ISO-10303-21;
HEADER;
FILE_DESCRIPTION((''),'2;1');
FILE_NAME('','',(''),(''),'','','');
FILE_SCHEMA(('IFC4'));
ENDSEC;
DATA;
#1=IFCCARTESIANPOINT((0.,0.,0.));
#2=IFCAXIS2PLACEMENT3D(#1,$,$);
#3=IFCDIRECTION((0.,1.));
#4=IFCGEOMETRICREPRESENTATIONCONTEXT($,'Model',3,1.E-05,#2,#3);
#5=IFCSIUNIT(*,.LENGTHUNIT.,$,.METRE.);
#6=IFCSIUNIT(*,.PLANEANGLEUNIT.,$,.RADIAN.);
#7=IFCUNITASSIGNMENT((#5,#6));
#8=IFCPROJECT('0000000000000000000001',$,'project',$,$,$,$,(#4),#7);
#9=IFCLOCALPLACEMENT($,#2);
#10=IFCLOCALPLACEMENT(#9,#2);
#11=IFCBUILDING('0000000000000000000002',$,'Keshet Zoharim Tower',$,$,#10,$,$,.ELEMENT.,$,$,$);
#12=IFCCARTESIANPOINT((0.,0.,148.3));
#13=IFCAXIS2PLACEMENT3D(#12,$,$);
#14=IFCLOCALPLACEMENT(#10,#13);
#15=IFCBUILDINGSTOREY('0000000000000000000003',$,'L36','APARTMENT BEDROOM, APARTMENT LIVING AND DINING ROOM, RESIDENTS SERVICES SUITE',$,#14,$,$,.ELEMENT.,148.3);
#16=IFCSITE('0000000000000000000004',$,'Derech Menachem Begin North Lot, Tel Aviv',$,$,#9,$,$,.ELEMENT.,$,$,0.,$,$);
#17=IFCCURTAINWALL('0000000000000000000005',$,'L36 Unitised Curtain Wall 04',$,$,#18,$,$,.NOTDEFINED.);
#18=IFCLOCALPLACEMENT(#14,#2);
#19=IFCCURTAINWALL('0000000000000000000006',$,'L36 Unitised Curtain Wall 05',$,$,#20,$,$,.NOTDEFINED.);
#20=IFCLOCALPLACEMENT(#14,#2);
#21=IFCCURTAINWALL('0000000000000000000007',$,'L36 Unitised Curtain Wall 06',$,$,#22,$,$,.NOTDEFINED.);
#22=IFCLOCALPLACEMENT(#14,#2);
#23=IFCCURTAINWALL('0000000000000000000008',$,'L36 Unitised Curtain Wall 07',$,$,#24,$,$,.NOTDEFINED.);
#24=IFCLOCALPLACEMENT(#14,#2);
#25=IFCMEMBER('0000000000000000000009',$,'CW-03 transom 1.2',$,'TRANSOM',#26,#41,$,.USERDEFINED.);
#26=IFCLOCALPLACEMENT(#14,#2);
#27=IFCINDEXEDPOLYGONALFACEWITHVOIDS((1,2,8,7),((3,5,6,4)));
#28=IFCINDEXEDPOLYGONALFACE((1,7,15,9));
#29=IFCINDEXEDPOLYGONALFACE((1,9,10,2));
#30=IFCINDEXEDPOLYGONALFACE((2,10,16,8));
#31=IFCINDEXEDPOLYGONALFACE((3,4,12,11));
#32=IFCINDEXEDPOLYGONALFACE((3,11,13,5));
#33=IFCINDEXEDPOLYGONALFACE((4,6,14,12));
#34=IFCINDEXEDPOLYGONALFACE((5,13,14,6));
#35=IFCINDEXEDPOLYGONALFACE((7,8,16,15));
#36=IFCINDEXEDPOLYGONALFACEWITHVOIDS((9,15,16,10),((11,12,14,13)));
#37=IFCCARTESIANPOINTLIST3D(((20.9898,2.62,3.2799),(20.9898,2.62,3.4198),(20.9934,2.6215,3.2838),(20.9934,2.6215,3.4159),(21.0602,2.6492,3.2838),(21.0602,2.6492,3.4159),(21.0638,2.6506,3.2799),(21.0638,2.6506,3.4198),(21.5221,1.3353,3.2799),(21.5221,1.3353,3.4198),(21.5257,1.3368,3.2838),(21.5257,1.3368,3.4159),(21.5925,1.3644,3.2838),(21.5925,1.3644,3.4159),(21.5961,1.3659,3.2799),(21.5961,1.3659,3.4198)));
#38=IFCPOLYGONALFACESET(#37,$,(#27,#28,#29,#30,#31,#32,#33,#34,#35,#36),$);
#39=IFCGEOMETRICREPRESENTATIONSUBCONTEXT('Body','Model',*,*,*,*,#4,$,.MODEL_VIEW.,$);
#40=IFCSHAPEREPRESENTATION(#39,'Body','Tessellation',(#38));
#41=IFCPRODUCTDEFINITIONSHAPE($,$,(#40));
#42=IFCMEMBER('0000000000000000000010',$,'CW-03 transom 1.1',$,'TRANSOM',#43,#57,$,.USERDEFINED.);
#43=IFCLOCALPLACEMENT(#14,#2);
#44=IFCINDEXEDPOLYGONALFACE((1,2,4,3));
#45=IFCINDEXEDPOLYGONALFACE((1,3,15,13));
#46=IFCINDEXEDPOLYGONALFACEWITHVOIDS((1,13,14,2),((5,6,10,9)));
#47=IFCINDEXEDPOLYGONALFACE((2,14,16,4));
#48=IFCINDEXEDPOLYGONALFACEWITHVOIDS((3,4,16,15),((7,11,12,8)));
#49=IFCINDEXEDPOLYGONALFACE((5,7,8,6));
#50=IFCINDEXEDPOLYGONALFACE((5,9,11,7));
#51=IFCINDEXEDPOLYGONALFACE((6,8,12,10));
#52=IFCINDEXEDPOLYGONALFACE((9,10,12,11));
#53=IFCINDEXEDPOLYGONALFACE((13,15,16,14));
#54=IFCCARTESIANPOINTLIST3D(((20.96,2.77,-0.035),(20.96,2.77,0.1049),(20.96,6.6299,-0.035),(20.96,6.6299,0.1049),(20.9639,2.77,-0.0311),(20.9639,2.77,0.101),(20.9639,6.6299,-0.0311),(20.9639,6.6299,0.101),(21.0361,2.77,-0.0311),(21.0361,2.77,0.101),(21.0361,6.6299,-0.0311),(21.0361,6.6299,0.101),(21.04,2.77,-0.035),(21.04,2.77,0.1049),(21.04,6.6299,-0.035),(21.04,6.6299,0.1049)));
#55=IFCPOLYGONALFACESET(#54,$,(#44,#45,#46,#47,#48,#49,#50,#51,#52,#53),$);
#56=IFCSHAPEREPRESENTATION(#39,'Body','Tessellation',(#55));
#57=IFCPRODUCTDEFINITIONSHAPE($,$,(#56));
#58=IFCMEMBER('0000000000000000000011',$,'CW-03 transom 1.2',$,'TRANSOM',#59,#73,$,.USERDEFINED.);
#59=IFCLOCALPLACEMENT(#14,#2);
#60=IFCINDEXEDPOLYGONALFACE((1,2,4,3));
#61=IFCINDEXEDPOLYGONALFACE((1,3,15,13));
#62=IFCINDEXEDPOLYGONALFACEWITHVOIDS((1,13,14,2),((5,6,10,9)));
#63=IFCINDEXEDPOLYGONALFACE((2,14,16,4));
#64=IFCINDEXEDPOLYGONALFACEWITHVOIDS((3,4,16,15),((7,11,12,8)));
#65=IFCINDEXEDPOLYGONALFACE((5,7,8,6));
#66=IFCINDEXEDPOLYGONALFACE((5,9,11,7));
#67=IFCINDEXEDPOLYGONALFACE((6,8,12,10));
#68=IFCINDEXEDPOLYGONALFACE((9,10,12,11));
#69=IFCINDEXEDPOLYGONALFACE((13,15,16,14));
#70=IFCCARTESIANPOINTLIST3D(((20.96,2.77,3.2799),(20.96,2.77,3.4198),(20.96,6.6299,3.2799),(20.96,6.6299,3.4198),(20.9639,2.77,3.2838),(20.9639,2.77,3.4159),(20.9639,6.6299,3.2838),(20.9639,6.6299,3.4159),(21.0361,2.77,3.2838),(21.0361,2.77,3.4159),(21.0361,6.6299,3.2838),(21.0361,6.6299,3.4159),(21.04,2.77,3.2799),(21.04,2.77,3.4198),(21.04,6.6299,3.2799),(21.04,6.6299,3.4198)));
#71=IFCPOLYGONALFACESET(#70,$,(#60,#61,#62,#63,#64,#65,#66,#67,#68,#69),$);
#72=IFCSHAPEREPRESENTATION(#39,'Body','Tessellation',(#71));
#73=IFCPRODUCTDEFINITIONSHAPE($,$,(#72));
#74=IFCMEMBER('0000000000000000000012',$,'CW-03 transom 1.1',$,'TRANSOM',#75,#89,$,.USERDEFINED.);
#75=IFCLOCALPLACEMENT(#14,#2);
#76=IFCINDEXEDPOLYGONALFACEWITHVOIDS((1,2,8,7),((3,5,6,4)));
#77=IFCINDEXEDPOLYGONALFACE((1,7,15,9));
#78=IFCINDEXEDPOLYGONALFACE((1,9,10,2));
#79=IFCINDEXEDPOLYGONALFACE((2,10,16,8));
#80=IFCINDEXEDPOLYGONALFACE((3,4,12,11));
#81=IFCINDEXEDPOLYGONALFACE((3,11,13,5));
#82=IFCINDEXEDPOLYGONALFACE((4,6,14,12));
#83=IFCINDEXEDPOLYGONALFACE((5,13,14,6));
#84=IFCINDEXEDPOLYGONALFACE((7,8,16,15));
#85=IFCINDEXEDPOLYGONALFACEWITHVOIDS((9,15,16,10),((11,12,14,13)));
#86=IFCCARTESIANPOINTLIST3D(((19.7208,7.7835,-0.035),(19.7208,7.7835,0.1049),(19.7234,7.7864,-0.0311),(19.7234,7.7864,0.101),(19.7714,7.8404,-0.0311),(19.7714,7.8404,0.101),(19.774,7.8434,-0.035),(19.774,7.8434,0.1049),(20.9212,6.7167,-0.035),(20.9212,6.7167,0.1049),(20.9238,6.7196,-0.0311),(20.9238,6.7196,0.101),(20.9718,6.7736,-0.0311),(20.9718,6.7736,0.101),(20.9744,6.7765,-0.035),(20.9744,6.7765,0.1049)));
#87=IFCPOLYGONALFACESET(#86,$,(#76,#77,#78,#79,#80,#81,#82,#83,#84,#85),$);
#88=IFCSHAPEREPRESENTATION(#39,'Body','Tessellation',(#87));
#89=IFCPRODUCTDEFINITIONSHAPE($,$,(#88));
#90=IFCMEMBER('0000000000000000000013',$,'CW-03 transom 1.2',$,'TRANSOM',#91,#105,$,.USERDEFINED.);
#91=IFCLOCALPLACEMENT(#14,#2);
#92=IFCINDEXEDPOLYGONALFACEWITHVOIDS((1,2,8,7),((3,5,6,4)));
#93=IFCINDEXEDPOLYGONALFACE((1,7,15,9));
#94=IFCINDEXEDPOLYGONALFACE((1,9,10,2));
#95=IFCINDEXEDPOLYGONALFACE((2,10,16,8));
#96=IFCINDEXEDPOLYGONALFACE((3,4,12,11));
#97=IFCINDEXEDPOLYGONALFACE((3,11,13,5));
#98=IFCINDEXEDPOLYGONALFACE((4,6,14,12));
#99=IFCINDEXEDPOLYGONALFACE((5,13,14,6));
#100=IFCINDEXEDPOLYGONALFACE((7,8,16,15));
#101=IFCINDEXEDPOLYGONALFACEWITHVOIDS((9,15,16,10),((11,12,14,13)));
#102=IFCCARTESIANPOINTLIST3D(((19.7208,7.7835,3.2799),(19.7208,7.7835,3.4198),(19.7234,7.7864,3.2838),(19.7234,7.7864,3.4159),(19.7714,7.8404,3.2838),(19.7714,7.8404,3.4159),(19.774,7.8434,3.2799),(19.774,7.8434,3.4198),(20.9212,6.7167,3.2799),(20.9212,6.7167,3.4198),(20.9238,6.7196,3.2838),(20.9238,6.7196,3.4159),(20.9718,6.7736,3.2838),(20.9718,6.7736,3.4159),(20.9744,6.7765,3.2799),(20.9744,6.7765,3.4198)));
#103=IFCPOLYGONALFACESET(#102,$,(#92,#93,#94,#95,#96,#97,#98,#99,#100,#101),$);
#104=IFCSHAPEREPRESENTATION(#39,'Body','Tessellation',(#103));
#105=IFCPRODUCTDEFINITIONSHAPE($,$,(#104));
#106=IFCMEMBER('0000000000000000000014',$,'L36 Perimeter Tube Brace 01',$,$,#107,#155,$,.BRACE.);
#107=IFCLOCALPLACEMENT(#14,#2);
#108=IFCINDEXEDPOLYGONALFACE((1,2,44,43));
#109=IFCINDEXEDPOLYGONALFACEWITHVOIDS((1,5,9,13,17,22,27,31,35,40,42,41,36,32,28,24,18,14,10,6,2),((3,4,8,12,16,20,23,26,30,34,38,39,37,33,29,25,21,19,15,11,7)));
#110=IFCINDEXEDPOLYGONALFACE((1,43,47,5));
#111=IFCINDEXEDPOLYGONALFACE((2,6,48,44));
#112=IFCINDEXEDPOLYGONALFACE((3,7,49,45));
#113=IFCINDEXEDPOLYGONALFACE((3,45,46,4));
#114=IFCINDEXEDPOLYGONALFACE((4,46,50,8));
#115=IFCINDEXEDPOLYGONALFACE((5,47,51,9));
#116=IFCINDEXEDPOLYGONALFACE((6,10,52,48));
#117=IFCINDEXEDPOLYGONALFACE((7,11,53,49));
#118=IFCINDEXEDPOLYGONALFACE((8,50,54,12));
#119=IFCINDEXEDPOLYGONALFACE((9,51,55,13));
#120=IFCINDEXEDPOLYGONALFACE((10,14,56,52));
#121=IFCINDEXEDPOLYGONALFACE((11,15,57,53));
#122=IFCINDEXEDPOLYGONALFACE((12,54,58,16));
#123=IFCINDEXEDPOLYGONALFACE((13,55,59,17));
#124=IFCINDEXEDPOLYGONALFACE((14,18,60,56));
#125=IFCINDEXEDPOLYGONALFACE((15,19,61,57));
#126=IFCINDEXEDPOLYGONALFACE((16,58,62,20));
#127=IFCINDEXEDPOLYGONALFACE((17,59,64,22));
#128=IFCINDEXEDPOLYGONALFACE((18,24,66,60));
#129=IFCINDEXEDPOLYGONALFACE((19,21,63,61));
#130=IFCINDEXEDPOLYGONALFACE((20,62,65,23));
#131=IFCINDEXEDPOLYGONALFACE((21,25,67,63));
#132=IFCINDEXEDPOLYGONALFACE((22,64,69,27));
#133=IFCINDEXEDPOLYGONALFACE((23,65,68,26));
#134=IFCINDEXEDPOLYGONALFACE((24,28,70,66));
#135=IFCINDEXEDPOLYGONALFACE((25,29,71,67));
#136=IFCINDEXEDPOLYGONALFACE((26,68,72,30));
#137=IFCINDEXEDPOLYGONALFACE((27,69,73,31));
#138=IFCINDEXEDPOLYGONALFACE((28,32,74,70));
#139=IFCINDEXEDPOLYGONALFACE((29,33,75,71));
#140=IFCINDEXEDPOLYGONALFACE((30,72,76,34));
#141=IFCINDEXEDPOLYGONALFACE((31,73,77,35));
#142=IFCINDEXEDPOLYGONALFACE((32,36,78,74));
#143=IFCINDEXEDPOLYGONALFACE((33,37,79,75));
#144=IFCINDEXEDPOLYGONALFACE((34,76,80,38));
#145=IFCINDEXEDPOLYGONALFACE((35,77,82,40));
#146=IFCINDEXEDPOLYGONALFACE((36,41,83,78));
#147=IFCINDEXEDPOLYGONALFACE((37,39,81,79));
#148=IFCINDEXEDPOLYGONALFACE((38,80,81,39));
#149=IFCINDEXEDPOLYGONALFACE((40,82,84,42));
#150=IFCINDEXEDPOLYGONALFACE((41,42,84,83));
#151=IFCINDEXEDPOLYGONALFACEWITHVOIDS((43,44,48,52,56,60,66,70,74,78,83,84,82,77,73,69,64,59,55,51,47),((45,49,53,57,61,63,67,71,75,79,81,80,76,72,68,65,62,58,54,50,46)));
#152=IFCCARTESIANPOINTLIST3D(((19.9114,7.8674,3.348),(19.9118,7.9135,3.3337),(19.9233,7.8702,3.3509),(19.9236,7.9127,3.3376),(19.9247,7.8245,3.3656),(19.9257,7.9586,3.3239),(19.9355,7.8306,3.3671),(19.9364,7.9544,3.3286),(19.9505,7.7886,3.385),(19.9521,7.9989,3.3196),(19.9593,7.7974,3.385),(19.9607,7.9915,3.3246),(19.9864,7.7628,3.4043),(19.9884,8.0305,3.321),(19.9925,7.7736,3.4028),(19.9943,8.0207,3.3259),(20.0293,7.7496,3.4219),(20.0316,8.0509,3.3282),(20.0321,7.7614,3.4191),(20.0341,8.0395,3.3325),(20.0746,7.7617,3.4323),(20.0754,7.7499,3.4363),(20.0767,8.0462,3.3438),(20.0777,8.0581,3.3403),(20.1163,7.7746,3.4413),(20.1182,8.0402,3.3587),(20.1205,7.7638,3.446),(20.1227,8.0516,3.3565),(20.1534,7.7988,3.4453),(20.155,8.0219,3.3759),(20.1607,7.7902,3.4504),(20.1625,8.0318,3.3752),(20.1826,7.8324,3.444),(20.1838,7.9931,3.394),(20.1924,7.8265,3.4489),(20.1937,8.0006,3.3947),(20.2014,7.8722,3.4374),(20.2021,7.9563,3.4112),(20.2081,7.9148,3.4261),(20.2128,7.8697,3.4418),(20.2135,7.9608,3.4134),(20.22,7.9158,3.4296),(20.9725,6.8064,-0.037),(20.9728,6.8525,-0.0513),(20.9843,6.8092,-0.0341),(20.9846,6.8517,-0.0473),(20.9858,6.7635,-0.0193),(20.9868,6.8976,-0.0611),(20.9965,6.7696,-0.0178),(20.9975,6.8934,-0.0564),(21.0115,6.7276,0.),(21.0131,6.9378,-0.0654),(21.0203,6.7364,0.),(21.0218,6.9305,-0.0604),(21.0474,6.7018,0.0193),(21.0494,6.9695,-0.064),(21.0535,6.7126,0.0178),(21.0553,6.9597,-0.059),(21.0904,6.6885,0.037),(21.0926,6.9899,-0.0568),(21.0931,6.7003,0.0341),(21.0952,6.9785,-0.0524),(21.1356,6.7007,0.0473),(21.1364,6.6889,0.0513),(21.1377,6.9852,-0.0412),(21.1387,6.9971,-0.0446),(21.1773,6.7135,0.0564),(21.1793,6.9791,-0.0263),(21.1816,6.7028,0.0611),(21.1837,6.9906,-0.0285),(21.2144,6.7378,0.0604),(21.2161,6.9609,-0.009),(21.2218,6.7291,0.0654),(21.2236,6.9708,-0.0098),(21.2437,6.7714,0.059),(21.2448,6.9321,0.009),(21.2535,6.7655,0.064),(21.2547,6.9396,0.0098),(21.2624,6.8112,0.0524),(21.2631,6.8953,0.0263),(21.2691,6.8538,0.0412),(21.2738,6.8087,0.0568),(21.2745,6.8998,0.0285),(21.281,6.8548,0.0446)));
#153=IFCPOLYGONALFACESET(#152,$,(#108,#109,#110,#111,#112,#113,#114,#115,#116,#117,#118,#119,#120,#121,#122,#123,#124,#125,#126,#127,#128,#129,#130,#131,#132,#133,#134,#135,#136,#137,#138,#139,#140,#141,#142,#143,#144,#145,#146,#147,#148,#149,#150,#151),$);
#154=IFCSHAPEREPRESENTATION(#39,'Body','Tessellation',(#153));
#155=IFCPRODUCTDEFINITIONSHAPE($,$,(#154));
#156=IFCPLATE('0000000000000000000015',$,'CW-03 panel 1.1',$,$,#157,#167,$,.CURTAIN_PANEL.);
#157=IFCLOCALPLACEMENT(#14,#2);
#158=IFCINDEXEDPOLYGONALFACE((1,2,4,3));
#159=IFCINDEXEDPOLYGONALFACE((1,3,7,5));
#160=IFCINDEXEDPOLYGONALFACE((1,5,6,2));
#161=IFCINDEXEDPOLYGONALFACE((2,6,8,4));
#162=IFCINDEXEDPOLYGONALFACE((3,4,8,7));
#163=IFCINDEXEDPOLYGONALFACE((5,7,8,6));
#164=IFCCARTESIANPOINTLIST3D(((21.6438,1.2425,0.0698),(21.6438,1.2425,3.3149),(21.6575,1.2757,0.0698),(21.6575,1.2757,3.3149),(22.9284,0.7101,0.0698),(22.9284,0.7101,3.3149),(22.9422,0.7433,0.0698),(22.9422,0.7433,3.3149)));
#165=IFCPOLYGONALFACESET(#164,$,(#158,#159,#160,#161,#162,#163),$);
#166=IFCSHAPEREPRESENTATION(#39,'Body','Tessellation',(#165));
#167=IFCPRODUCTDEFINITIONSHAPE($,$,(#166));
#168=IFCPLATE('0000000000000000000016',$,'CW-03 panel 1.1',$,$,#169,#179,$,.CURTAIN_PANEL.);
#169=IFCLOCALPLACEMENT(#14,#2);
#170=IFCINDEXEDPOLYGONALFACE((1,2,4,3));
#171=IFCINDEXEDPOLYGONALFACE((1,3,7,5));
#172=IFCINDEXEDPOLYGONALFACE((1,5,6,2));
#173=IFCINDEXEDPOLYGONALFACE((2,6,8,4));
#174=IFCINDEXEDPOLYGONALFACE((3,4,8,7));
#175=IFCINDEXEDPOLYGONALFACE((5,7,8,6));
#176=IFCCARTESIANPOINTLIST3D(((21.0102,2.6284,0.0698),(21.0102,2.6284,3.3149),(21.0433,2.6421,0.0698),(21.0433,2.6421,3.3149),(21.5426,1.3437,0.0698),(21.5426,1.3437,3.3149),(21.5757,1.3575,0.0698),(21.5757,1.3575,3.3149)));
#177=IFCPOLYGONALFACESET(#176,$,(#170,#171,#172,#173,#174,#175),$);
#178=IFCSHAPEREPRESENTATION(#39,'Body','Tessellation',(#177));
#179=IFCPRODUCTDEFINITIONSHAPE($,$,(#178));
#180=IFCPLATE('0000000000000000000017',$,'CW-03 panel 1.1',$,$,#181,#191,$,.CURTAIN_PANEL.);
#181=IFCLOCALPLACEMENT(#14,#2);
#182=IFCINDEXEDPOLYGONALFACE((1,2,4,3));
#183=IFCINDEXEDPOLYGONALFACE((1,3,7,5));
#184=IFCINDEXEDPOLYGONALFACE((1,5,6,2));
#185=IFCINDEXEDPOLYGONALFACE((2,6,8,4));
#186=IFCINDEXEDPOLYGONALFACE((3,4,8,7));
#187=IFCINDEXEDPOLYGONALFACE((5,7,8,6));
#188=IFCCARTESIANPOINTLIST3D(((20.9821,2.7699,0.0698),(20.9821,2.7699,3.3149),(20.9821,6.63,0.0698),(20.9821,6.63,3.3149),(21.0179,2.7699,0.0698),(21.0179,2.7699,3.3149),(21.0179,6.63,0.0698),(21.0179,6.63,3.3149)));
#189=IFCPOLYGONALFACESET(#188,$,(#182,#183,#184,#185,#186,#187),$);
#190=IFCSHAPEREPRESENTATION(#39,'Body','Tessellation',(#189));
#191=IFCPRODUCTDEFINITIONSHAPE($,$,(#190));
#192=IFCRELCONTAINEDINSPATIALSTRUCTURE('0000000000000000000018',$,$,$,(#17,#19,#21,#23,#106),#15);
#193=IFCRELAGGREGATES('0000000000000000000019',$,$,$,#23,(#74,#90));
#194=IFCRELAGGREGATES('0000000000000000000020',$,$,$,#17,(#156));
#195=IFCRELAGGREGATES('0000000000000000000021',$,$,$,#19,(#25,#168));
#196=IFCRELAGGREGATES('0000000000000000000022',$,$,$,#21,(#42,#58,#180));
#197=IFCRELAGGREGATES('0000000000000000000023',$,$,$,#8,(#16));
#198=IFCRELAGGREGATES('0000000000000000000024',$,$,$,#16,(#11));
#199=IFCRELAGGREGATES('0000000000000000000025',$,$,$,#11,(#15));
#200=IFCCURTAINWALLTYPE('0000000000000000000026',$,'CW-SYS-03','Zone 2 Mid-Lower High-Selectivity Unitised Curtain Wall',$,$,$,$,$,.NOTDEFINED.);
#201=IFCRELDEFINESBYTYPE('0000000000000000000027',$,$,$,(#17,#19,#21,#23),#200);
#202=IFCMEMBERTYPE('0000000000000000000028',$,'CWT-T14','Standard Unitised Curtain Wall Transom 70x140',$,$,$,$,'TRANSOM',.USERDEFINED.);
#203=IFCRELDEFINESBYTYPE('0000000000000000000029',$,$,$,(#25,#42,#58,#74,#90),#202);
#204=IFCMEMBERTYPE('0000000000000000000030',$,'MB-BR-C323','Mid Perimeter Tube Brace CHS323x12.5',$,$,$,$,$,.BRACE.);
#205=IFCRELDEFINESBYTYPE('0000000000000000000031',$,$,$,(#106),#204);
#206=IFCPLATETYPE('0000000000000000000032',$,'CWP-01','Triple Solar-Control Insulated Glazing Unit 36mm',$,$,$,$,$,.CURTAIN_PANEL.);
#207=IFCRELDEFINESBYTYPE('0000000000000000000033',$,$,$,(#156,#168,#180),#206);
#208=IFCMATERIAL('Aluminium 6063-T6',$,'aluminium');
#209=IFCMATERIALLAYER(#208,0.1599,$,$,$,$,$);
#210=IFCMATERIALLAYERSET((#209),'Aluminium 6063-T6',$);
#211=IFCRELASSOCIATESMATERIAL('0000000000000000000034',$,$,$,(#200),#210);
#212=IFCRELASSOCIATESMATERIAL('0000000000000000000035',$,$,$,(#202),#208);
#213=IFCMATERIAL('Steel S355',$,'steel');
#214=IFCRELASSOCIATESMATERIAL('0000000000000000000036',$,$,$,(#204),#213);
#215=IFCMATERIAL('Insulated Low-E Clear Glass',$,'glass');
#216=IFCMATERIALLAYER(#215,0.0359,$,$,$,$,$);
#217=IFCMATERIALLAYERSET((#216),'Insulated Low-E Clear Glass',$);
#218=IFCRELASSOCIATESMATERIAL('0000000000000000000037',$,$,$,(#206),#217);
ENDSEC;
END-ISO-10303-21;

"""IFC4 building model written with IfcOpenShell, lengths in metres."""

from ifc_helpers import new_model, si_unit, direction, frame, origin, origin_2d, place, context, subcontext, project, spatial, rectangle, hollow_rectangle, hollow_circle, extrude, material, layer, layer_set, material_profile, profile_set, type_object, element, aggregate, save


model = new_model("IFC4")

# Units and contexts
model_context = context("Model", 3, precision=1e-05, world=origin(), true_north=direction((0.0, 1.0)))
body_context = subcontext(model_context, "Body", "Model", "MODEL_VIEW")
ifc_project = project(units=[si_unit("LENGTHUNIT", "METRE"), si_unit("PLANEANGLEUNIT", "RADIAN")], contexts=[model_context])

# Site, building, storey
site_placement = place(None, origin())
site = spatial("IfcSite", under=ifc_project, at=site_placement, Name="Derech Menachem Begin North Lot, Tel Aviv", CompositionType="ELEMENT", RefElevation=0.0)
building_placement = place(site_placement, origin())
building = spatial("IfcBuilding", under=site, at=building_placement, Name="Keshet Zoharim Tower", CompositionType="ELEMENT")
storey_placement = place(building_placement, frame((0.0, 0.0, 148.3)))
storey = spatial("IfcBuildingStorey", under=building, at=storey_placement, Name="L36", Description="APARTMENT BEDROOM, APARTMENT LIVING AND DINING ROOM, RESIDENTS SERVICES SUITE", CompositionType="ELEMENT", Elevation=148.3)

# Shared definitions
ifc_material_1 = material(Name="Steel S355", Category="steel")

# Shared definitions
ifc_material_2 = material(Name="Aluminium 6063-T6", Category="aluminium")
ifc_layer_1 = layer(ifc_material_2, 0.1599)
ifc_layer_set_1 = layer_set([ifc_layer_1], Name="Aluminium 6063-T6")
curtain_wall_type = type_object("IfcCurtainWallType", Name="CW-SYS-03", Description="Zone 2 Mid-Lower High-Selectivity Unitised Curtain Wall", PredefinedType="NOTDEFINED", material=ifc_layer_set_1)

# Curtain walls
curtain_wall_1_placement = place(storey_placement, origin())
curtain_wall_1 = element("IfcCurtainWall", 1, at=curtain_wall_1_placement, inside=storey, type_object=curtain_wall_type, Name="L36 Unitised Curtain Wall 04", PredefinedType="NOTDEFINED")
curtain_wall_2_placement = place(storey_placement, origin())
curtain_wall_2 = element("IfcCurtainWall", 2, at=curtain_wall_2_placement, inside=storey, type_object=curtain_wall_type, Name="L36 Unitised Curtain Wall 05", PredefinedType="NOTDEFINED")
curtain_wall_3_placement = place(storey_placement, origin())
curtain_wall_3 = element("IfcCurtainWall", 3, at=curtain_wall_3_placement, inside=storey, type_object=curtain_wall_type, Name="L36 Unitised Curtain Wall 06", PredefinedType="NOTDEFINED")

# Curtain wall
curtain_wall_4_placement = place(storey_placement, origin())
curtain_wall_4 = element("IfcCurtainWall", 4, at=curtain_wall_4_placement, inside=storey, type_object=curtain_wall_type, Name="L36 Unitised Curtain Wall 07", PredefinedType="NOTDEFINED")

# Members
ifc_material_profile_1 = material_profile(ifc_material_2, hollow_rectangle(XDim=0.0801, YDim=0.1399, WallThickness=0.0039, at=origin_2d()), Name="TRN-80x140")
ifc_profile_set_1 = profile_set([ifc_material_profile_1], Name="Aluminium 6063-T6")
member_type_1 = type_object("IfcMemberType", Name="CWT-T14", Description="Standard Unitised Curtain Wall Transom 70x140", ElementType="TRANSOM", PredefinedType="USERDEFINED", material=ifc_profile_set_1)
member_1_placement = place(storey_placement, frame((21.5591, 1.3506, 3.3499), z_axis=(-0.382745, 0.923854, 0.0), x_axis=(-0.923854, -0.382745, 0.0)))
member_1 = element("IfcMember", 5, at=member_1_placement, type_object=member_type_1, Name="CW-03 transom 1.2", ObjectType="TRANSOM", PredefinedType="USERDEFINED", context=body_context, shape_type="SweptSolid", body=[
    extrude(hollow_rectangle(XDim=0.0801, YDim=0.1399, WallThickness=0.0039, at=origin_2d()), origin(), (0.0, 0.0, 1.0), 1.3906),
])
member_2_placement = place(storey_placement, frame((21.0, 2.77, 0.0349), z_axis=(0.0, 1.0, 0.0), x_axis=(-1.0, 0.0, 0.0)))
member_2 = element("IfcMember", 6, at=member_2_placement, type_object=member_type_1, Name="CW-03 transom 1.1", ObjectType="TRANSOM", PredefinedType="USERDEFINED", context=body_context, shape_type="SweptSolid", body=[
    extrude(hollow_rectangle(XDim=0.0801, YDim=0.1399, WallThickness=0.0039, at=origin_2d()), origin(), (0.0, 0.0, 1.0), 3.8599),
])
member_3_placement = place(storey_placement, frame((21.0, 2.77, 3.3499), z_axis=(0.0, 1.0, 0.0), x_axis=(-1.0, 0.0, 0.0)))
member_3 = element("IfcMember", 7, at=member_3_placement, type_object=member_type_1, Name="CW-03 transom 1.2", ObjectType="TRANSOM", PredefinedType="USERDEFINED", context=body_context, shape_type="SweptSolid", body=[
    extrude(hollow_rectangle(XDim=0.0801, YDim=0.1399, WallThickness=0.0039, at=origin_2d()), origin(), (0.0, 0.0, 1.0), 3.8599),
])
member_4_placement = place(storey_placement, frame((20.9478, 6.7466, 0.0349), z_axis=(-0.74746, 0.664307, 0.0), x_axis=(-0.664307, -0.74746, 0.0)))
member_4 = element("IfcMember", 8, at=member_4_placement, type_object=member_type_1, Name="CW-03 transom 1.1", ObjectType="TRANSOM", PredefinedType="USERDEFINED", context=body_context, shape_type="SweptSolid", body=[
    extrude(hollow_rectangle(XDim=0.0801, YDim=0.1399, WallThickness=0.0039, at=origin_2d()), origin(), (0.0, 0.0, 1.0), 1.606),
])
member_5_placement = place(storey_placement, frame((20.9478, 6.7466, 3.3499), z_axis=(-0.74746, 0.664307, 0.0), x_axis=(-0.664307, -0.74746, 0.0)))
member_5 = element("IfcMember", 9, at=member_5_placement, type_object=member_type_1, Name="CW-03 transom 1.2", ObjectType="TRANSOM", PredefinedType="USERDEFINED", context=body_context, shape_type="SweptSolid", body=[
    extrude(hollow_rectangle(XDim=0.0801, YDim=0.1399, WallThickness=0.0039, at=origin_2d()), origin(), (0.0, 0.0, 1.0), 1.606),
])
aggregate(curtain_wall_4, [member_4, member_5])
ifc_material_profile_2 = material_profile(ifc_material_1, hollow_circle(Radius=0.1619, WallThickness=0.0125, at=origin_2d()), Name="CHS323x12.5")
ifc_profile_set_2 = profile_set([ifc_material_profile_2], Name="Steel S355")
member_type_2 = type_object("IfcMemberType", Name="MB-BR-C323", Description="Mid Perimeter Tube Brace CHS323x12.5", PredefinedType="BRACE", material=ifc_profile_set_2)
member_6_placement = place(storey_placement, frame((21.126, 6.842, 0.0), z_axis=(-0.286558, 0.286558, 0.914204), x_axis=(-0.707107, -0.707107, 0.0)))
element("IfcMember", 10, at=member_6_placement, inside=storey, type_object=member_type_2, Name="L36 Perimeter Tube Brace 01", PredefinedType="BRACE", context=body_context, shape_type="SweptSolid", body=[
    extrude(hollow_circle(Radius=0.1619, WallThickness=0.0125, at=origin_2d()), origin(), (0.0, 0.0, 1.0), 3.7026),
])

# Plates
ifc_material_3 = material(Name="Insulated Low-E Clear Glass", Category="glass")
ifc_layer_2 = layer(ifc_material_3, 0.0359)
ifc_layer_set_2 = layer_set([ifc_layer_2], Name="Insulated Low-E Clear Glass")
plate_type = type_object("IfcPlateType", Name="CWP-01", Description="Triple Solar-Control Insulated Glazing Unit 36mm", PredefinedType="CURTAIN_PANEL", material=ifc_layer_set_2)
plate_1_placement = place(storey_placement, frame((22.293, 0.9929, 0.0698), z_axis=(0.0, 0.0, 1.0), x_axis=(-0.92381, 0.382852, 0.0)))
plate_1 = element("IfcPlate", 11, at=plate_1_placement, type_object=plate_type, Name="CW-03 panel 1.1", PredefinedType="CURTAIN_PANEL", context=body_context, shape_type="SweptSolid", body=[
    extrude(rectangle(XDim=1.3906, YDim=0.0359, at=origin_2d()), origin(), (0.0, 0.0, 1.0), 3.2451),
])
aggregate(curtain_wall_1, [plate_1])
plate_2_placement = place(storey_placement, frame((21.293, 1.9929, 0.0698), z_axis=(0.0, 0.0, 1.0), x_axis=(-0.382852, 0.92381, 0.0)))
plate_2 = element("IfcPlate", 12, at=plate_2_placement, type_object=plate_type, Name="CW-03 panel 1.1", PredefinedType="CURTAIN_PANEL", context=body_context, shape_type="SweptSolid", body=[
    extrude(rectangle(XDim=1.3906, YDim=0.0359, at=origin_2d()), origin(), (0.0, 0.0, 1.0), 3.2451),
])
aggregate(curtain_wall_2, [member_1, plate_2])
plate_3_placement = place(storey_placement, frame((21.0, 4.7, 0.0698), z_axis=(0.0, 0.0, 1.0), x_axis=(0.0, 1.0, 0.0)))
plate_3 = element("IfcPlate", 13, at=plate_3_placement, type_object=plate_type, Name="CW-03 panel 1.1", PredefinedType="CURTAIN_PANEL", context=body_context, shape_type="SweptSolid", body=[
    extrude(rectangle(XDim=3.8601, YDim=0.0359, at=origin_2d()), origin(), (0.0, 0.0, 1.0), 3.2451),
])
aggregate(curtain_wall_3, [member_2, member_3, plate_3])

save(model, "model.ifc")
